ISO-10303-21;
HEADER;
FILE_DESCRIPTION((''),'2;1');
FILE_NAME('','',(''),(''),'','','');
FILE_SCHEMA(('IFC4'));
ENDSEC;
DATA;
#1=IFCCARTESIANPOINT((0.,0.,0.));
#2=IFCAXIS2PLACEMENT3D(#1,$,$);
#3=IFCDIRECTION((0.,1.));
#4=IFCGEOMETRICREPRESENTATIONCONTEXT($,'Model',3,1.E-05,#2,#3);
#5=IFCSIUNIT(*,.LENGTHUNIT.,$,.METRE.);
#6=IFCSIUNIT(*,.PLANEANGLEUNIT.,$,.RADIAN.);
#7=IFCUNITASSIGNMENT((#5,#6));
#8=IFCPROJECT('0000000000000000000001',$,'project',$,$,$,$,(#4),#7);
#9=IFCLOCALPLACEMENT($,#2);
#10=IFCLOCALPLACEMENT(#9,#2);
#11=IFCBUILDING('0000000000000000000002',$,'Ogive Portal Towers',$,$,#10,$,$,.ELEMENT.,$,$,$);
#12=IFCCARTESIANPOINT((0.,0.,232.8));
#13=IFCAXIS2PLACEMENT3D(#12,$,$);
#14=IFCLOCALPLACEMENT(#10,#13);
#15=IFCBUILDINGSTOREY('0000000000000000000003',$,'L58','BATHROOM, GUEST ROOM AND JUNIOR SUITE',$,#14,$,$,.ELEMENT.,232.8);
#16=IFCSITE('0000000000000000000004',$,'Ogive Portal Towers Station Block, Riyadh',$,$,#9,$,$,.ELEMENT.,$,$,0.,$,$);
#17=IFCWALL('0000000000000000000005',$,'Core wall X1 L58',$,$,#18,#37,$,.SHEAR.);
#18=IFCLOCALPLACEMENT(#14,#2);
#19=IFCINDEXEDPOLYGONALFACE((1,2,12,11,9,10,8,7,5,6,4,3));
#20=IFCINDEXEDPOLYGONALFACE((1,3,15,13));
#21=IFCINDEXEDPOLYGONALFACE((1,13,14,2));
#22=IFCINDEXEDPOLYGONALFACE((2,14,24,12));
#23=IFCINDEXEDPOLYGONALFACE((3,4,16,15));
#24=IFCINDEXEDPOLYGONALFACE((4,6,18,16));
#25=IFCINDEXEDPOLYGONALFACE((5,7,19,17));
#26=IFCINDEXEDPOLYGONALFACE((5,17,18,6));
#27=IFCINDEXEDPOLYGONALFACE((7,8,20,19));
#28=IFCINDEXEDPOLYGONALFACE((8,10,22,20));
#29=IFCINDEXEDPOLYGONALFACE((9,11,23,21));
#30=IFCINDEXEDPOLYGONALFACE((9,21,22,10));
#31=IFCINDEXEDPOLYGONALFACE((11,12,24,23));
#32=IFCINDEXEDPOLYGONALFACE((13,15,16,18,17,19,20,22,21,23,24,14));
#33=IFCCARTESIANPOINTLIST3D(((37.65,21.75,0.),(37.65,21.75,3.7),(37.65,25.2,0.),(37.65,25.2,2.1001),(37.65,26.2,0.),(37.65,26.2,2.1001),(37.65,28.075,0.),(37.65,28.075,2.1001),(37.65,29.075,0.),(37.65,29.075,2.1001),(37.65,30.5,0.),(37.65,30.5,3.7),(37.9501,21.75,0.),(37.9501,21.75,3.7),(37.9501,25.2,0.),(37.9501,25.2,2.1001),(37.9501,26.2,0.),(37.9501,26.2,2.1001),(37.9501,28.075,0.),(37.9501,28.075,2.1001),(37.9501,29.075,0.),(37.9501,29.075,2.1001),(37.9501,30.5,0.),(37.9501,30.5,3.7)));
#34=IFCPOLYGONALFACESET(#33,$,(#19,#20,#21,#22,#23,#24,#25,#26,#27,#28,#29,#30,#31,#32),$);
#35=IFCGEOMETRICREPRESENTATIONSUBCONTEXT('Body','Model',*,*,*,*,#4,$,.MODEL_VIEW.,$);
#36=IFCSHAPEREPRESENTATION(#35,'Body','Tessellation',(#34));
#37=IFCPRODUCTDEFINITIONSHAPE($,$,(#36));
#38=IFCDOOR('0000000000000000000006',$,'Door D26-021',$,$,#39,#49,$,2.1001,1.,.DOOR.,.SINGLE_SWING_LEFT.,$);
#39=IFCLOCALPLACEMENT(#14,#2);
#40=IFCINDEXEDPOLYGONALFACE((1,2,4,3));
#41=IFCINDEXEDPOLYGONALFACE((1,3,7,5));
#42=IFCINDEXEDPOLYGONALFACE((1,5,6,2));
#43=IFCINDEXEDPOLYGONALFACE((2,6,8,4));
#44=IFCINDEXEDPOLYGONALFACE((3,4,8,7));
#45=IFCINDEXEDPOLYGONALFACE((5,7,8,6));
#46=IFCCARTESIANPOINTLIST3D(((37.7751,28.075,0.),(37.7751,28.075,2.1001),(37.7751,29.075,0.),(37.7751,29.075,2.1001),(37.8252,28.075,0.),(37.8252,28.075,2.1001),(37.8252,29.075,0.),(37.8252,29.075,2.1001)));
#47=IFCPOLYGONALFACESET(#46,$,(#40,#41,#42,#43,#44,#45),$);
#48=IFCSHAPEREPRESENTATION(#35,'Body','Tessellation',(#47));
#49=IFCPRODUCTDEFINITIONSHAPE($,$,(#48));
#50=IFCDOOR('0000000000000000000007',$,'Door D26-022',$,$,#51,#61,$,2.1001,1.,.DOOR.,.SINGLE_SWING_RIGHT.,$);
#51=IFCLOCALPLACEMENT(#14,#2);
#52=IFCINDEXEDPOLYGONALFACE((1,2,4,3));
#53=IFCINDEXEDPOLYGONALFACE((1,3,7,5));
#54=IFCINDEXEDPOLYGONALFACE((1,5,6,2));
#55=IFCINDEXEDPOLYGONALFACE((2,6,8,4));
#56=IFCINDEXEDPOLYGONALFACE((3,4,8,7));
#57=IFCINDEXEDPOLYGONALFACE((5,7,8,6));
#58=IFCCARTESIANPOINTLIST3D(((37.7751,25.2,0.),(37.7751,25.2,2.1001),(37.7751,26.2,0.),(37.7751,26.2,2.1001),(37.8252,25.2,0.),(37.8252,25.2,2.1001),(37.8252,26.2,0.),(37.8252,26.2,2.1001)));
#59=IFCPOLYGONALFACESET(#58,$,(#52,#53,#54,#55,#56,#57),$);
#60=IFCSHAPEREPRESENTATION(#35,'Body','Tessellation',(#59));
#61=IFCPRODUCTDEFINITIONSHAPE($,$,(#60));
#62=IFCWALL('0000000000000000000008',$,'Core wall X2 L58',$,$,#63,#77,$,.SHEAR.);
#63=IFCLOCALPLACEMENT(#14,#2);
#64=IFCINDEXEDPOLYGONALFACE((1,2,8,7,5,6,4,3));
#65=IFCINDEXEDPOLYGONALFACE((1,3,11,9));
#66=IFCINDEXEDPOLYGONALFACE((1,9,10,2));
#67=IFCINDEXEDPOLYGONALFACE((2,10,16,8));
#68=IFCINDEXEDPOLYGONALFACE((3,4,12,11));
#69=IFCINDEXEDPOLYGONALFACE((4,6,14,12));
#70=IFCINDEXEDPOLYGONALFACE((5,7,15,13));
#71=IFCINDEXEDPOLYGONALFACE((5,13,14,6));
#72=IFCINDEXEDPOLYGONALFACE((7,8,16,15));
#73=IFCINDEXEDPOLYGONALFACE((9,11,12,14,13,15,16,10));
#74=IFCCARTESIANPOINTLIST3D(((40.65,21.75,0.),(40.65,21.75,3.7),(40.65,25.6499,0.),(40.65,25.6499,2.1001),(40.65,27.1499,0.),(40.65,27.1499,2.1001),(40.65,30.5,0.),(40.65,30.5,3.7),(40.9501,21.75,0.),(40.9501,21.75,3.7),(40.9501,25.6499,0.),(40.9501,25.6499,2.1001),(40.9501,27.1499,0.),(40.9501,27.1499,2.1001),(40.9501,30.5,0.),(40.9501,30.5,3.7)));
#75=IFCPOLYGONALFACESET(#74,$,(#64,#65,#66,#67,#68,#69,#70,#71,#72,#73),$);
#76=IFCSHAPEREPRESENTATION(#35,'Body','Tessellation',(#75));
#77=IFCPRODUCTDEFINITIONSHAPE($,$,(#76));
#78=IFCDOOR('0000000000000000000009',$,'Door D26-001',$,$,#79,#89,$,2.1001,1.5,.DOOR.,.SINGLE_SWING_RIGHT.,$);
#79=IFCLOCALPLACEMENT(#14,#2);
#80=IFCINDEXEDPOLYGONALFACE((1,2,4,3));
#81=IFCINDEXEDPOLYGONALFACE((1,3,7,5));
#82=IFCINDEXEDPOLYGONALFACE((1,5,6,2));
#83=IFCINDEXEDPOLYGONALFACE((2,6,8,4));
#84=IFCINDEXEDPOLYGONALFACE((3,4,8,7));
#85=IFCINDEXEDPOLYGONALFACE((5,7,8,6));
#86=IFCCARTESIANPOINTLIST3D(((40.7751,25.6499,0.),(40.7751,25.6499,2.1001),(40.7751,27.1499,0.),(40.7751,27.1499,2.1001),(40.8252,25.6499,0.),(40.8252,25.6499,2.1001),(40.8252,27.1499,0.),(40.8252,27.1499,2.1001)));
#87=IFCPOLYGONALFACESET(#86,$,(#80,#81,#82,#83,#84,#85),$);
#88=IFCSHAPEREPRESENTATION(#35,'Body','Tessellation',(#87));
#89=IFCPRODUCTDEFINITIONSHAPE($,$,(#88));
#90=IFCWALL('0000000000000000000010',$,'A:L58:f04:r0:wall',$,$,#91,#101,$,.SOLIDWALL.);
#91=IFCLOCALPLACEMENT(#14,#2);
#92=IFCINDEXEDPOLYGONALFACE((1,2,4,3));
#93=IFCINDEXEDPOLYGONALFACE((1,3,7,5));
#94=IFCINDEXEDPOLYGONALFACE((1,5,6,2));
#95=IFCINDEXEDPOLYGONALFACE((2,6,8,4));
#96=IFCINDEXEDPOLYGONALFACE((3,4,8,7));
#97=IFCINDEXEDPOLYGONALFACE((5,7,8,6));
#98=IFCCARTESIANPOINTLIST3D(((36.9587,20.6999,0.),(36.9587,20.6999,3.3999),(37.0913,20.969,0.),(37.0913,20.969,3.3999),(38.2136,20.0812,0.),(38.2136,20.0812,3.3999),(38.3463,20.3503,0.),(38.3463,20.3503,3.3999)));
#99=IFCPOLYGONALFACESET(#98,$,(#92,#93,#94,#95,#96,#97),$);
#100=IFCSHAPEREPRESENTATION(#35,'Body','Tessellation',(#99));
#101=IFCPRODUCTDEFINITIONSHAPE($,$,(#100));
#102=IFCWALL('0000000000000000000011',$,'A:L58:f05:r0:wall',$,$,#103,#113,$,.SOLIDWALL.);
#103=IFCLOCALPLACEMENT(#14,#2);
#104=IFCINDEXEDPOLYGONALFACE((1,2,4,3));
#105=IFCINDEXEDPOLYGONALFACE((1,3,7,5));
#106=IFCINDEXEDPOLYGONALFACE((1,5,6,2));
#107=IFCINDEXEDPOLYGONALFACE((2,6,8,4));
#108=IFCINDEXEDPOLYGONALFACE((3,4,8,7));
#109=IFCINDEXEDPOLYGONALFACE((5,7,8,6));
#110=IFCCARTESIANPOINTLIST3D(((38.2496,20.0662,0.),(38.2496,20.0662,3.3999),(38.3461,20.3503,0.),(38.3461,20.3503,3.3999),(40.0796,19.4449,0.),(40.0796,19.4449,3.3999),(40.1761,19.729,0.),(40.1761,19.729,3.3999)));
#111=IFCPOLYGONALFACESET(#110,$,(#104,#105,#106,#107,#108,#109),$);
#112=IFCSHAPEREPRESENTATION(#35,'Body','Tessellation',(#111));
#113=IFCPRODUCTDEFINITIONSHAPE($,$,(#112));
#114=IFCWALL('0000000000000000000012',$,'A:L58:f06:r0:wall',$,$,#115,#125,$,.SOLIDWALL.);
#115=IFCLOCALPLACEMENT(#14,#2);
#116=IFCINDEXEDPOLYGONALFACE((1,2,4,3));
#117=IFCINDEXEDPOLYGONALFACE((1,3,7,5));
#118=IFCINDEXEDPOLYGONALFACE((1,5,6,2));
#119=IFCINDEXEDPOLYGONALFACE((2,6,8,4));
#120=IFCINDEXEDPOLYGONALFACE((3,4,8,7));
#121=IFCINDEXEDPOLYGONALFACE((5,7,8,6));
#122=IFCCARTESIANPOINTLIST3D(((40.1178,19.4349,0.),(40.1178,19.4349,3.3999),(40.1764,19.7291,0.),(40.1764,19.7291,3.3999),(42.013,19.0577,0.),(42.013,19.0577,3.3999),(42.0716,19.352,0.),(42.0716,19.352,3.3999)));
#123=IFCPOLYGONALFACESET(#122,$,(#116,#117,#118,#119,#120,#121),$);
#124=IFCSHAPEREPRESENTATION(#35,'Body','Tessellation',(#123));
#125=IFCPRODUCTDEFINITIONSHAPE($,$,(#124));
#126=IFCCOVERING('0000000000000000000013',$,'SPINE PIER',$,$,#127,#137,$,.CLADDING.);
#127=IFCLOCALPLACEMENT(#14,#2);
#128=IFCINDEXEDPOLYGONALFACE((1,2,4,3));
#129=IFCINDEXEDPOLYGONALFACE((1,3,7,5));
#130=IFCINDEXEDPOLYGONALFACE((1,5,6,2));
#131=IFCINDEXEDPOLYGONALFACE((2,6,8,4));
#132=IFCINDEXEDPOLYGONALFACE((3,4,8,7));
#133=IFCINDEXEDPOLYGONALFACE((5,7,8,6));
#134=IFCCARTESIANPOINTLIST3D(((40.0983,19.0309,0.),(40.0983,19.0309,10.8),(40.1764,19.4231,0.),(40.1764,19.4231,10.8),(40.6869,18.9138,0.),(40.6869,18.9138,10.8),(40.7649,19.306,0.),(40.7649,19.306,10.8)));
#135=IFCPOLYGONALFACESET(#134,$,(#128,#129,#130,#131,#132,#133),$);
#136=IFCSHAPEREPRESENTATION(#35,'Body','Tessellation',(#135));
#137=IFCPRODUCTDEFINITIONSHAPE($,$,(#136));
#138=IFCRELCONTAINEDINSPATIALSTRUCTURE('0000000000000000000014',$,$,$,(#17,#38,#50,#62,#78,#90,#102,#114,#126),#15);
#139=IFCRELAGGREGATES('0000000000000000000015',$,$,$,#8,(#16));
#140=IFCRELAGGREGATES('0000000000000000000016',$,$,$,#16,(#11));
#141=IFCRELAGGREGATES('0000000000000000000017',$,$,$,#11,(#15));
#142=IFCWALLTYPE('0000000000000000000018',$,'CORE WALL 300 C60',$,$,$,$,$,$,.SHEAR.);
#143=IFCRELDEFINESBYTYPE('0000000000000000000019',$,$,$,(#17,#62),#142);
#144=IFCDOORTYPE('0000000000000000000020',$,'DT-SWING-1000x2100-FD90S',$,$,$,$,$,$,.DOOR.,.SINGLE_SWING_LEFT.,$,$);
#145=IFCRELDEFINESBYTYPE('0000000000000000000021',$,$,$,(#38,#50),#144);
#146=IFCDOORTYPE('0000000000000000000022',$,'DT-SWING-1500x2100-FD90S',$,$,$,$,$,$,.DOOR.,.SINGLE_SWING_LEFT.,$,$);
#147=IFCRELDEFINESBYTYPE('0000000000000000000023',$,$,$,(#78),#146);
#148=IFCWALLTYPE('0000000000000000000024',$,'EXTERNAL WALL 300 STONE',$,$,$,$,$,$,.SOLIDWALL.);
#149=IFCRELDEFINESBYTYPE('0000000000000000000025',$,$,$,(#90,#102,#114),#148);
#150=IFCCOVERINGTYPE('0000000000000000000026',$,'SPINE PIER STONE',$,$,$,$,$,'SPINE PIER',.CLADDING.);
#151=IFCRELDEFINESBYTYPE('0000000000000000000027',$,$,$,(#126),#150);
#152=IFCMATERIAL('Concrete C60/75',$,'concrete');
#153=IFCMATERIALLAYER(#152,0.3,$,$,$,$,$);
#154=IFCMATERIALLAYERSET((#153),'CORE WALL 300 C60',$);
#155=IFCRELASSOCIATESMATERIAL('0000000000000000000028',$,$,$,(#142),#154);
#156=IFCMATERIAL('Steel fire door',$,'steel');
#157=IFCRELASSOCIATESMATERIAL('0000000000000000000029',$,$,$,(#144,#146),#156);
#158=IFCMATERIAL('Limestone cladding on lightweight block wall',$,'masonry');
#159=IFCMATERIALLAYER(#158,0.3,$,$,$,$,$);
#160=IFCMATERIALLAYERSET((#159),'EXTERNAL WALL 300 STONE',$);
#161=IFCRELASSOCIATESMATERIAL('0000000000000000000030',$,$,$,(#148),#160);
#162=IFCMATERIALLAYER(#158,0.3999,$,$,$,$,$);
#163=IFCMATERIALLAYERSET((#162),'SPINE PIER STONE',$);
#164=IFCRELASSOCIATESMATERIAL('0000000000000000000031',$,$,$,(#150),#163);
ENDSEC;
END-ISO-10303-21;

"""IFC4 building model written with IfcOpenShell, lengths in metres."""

from ifc_helpers import new_model, si_unit, direction, frame, frame_2d, origin, origin_2d, place, context, subcontext, project, spatial, rectangle, extrude, material, layer, layer_set, type_object, element, fill, save


model = new_model("IFC4")

# Units and contexts
model_context = context("Model", 3, precision=1e-05, world=origin(), true_north=direction((0.0, 1.0)))
body_context = subcontext(model_context, "Body", "Model", "MODEL_VIEW")
ifc_project = project(units=[si_unit("LENGTHUNIT", "METRE"), si_unit("PLANEANGLEUNIT", "RADIAN")], contexts=[model_context])

# Site, building, storey
site_placement = place(None, origin())
site = spatial("IfcSite", under=ifc_project, at=site_placement, Name="Ogive Portal Towers Station Block, Riyadh", CompositionType="ELEMENT", RefElevation=0.0)
building_placement = place(site_placement, origin())
building = spatial("IfcBuilding", under=site, at=building_placement, Name="Ogive Portal Towers", CompositionType="ELEMENT")
storey_placement = place(building_placement, frame((0.0, 0.0, 232.8)))
storey = spatial("IfcBuildingStorey", under=building, at=storey_placement, Name="L58", Description="BATHROOM, GUEST ROOM AND JUNIOR SUITE", CompositionType="ELEMENT", Elevation=232.8)

# Wall, openings, doors
ifc_material_1 = material(Name="Concrete C60/75", Category="concrete")
ifc_layer_1 = layer(ifc_material_1, 0.3)
ifc_layer_set_1 = layer_set([ifc_layer_1], Name="CORE WALL 300 C60")
wall_type_1 = type_object("IfcWallType", Name="CORE WALL 300 C60", PredefinedType="SHEAR", material=ifc_layer_set_1)
wall_1_placement = place(storey_placement, frame((37.8, 21.75, 0.0), z_axis=(0.0, 0.0, 1.0), x_axis=(0.0, 1.0, 0.0)))
wall_1 = element("IfcWall", 1, at=wall_1_placement, inside=storey, type_object=wall_type_1, Name="Core wall X1 L58", PredefinedType="SHEAR", context=body_context, shape_type="SweptSolid", body=[
    extrude(rectangle(XDim=8.75, YDim=0.3, at=frame_2d((4.375, 0.0))), origin(), (0.0, 0.0, 1.0), 3.7),
])
opening_1_placement = place(wall_1_placement, frame((6.325, 0.0, 0.0)))
opening_1 = element("IfcOpeningElement", 2, at=opening_1_placement, cuts=wall_1, PredefinedType="OPENING", context=body_context, shape_type="SweptSolid", body=[
    extrude(rectangle(XDim=1.0, YDim=2.1001, at=frame_2d((0.5, 1.05))), frame((0.0, 0.1602, 0.0), z_axis=(0.0, -1.0, 0.0), x_axis=(1.0, 0.0, 0.0)), (0.0, 0.0, 1.0), 0.3201),
])
opening_2_placement = place(wall_1_placement, frame((3.45, 0.0, 0.0)))
opening_2 = element("IfcOpeningElement", 3, at=opening_2_placement, cuts=wall_1, PredefinedType="OPENING", context=body_context, shape_type="SweptSolid", body=[
    extrude(rectangle(XDim=1.0, YDim=2.1001, at=frame_2d((0.5, 1.05))), frame((0.0, 0.1602, 0.0), z_axis=(0.0, -1.0, 0.0), x_axis=(1.0, 0.0, 0.0)), (0.0, 0.0, 1.0), 0.3201),
])
ifc_material_2 = material(Name="Steel fire door", Category="steel")
door_type_1 = type_object("IfcDoorType", Name="DT-SWING-1000x2100-FD90S", OperationType="SINGLE_SWING_LEFT", PredefinedType="DOOR", material=ifc_material_2)
door_1_placement = place(opening_1_placement, origin())
door_1 = element("IfcDoor", 4, at=door_1_placement, inside=storey, type_object=door_type_1, Name="Door D26-021", OperationType="SINGLE_SWING_LEFT", OverallHeight=2.1001, OverallWidth=1.0, PredefinedType="DOOR", context=body_context, shape_type="SweptSolid", body=[
    extrude(rectangle(XDim=1.0, YDim=2.1001, at=frame_2d((0.5, 1.05))), frame((0.0, 0.0249, 0.0), z_axis=(0.0, -1.0, 0.0), x_axis=(1.0, 0.0, 0.0)), (0.0, 0.0, 1.0), 0.05),
])
fill(opening_1, door_1)
door_2_placement = place(opening_2_placement, origin())
door_2 = element("IfcDoor", 5, at=door_2_placement, inside=storey, type_object=door_type_1, Name="Door D26-022", OperationType="SINGLE_SWING_RIGHT", OverallHeight=2.1001, OverallWidth=1.0, PredefinedType="DOOR", context=body_context, shape_type="SweptSolid", body=[
    extrude(rectangle(XDim=1.0, YDim=2.1001, at=frame_2d((0.5, 1.05))), frame((0.0, 0.0249, 0.0), z_axis=(0.0, -1.0, 0.0), x_axis=(1.0, 0.0, 0.0)), (0.0, 0.0, 1.0), 0.05),
])
fill(opening_2, door_2)

# Wall, opening, door
wall_2_placement = place(storey_placement, frame((40.8, 21.75, 0.0), z_axis=(0.0, 0.0, 1.0), x_axis=(0.0, 1.0, 0.0)))
wall_2 = element("IfcWall", 6, at=wall_2_placement, inside=storey, type_object=wall_type_1, Name="Core wall X2 L58", PredefinedType="SHEAR", context=body_context, shape_type="SweptSolid", body=[
    extrude(rectangle(XDim=8.75, YDim=0.3, at=frame_2d((4.375, 0.0))), origin(), (0.0, 0.0, 1.0), 3.7),
])
opening_3_placement = place(wall_2_placement, frame((3.8999, 0.0, 0.0)))
opening_3 = element("IfcOpeningElement", 7, at=opening_3_placement, cuts=wall_2, PredefinedType="OPENING", context=body_context, shape_type="SweptSolid", body=[
    extrude(rectangle(XDim=1.5, YDim=2.1001, at=frame_2d((0.75, 1.05))), frame((0.0, 0.1602, 0.0), z_axis=(0.0, -1.0, 0.0), x_axis=(1.0, 0.0, 0.0)), (0.0, 0.0, 1.0), 0.3201),
])
door_type_2 = type_object("IfcDoorType", Name="DT-SWING-1500x2100-FD90S", OperationType="SINGLE_SWING_LEFT", PredefinedType="DOOR", material=ifc_material_2)
door_3_placement = place(opening_3_placement, origin())
door_3 = element("IfcDoor", 8, at=door_3_placement, inside=storey, type_object=door_type_2, Name="Door D26-001", OperationType="SINGLE_SWING_RIGHT", OverallHeight=2.1001, OverallWidth=1.5, PredefinedType="DOOR", context=body_context, shape_type="SweptSolid", body=[
    extrude(rectangle(XDim=1.5, YDim=2.1001, at=frame_2d((0.75, 1.05))), frame((0.0, 0.0249, 0.0), z_axis=(0.0, -1.0, 0.0), x_axis=(1.0, 0.0, 0.0)), (0.0, 0.0, 1.0), 0.05),
])
fill(opening_3, door_3)

# Walls
ifc_material_3 = material(Name="Limestone cladding on lightweight block wall", Category="masonry")
ifc_layer_2 = layer(ifc_material_3, 0.3)
ifc_layer_set_2 = layer_set([ifc_layer_2], Name="EXTERNAL WALL 300 STONE")
wall_type_2 = type_object("IfcWallType", Name="EXTERNAL WALL 300 STONE", PredefinedType="SOLIDWALL", material=ifc_layer_set_2)
wall_3_placement = place(storey_placement, frame((37.0249, 20.8345, 0.0), z_axis=(0.0, 0.0, 1.0), x_axis=(0.896926, -0.442181, 0.0)))
element("IfcWall", 9, at=wall_3_placement, inside=storey, type_object=wall_type_2, Name="A:L58:f04:r0:wall", PredefinedType="SOLIDWALL", context=body_context, shape_type="SweptSolid", body=[
    extrude(rectangle(XDim=1.3992, YDim=0.3, at=frame_2d((0.6997, 0.0))), origin(), (0.0, 0.0, 1.0), 3.3999),
])
wall_4_placement = place(storey_placement, frame((38.2979, 20.2083, 0.0), z_axis=(0.0, 0.0, 1.0), x_axis=(0.946913, -0.321491, 0.0)))
element("IfcWall", 10, at=wall_4_placement, inside=storey, type_object=wall_type_2, Name="A:L58:f05:r0:wall", PredefinedType="SOLIDWALL", context=body_context, shape_type="SweptSolid", body=[
    extrude(rectangle(XDim=1.9326, YDim=0.3, at=frame_2d((0.9663, 0.0))), origin(), (0.0, 0.0, 1.0), 3.3999),
])
wall_5_placement = place(storey_placement, frame((40.147, 19.582, 0.0), z_axis=(0.0, 0.0, 1.0), x_axis=(0.980765, -0.195193, 0.0)))
element("IfcWall", 11, at=wall_5_placement, inside=storey, type_object=wall_type_2, Name="A:L58:f06:r0:wall", PredefinedType="SOLIDWALL", context=body_context, shape_type="SweptSolid", body=[
    extrude(rectangle(XDim=1.9324, YDim=0.3, at=frame_2d((0.9663, 0.0))), origin(), (0.0, 0.0, 1.0), 3.3999),
])

# Covering
ifc_layer_3 = layer(ifc_material_3, 0.3999)
ifc_layer_set_3 = layer_set([ifc_layer_3], Name="SPINE PIER STONE")
covering_type = type_object("IfcCoveringType", Name="SPINE PIER STONE", ElementType="SPINE PIER", PredefinedType="CLADDING", material=ifc_layer_set_3)
covering_placement = place(storey_placement, frame((40.4316, 19.1685, 0.0), z_axis=(0.0, 0.0, 1.0), x_axis=(0.980785, -0.19509, 0.0)))
element("IfcCovering", 12, at=covering_placement, inside=storey, type_object=covering_type, Name="SPINE PIER", PredefinedType="CLADDING", context=body_context, shape_type="SweptSolid", body=[
    extrude(rectangle(XDim=0.6001, YDim=0.3999, at=origin_2d()), origin(), (0.0, 0.0, 1.0), 10.8),
])

save(model, "model.ifc")
